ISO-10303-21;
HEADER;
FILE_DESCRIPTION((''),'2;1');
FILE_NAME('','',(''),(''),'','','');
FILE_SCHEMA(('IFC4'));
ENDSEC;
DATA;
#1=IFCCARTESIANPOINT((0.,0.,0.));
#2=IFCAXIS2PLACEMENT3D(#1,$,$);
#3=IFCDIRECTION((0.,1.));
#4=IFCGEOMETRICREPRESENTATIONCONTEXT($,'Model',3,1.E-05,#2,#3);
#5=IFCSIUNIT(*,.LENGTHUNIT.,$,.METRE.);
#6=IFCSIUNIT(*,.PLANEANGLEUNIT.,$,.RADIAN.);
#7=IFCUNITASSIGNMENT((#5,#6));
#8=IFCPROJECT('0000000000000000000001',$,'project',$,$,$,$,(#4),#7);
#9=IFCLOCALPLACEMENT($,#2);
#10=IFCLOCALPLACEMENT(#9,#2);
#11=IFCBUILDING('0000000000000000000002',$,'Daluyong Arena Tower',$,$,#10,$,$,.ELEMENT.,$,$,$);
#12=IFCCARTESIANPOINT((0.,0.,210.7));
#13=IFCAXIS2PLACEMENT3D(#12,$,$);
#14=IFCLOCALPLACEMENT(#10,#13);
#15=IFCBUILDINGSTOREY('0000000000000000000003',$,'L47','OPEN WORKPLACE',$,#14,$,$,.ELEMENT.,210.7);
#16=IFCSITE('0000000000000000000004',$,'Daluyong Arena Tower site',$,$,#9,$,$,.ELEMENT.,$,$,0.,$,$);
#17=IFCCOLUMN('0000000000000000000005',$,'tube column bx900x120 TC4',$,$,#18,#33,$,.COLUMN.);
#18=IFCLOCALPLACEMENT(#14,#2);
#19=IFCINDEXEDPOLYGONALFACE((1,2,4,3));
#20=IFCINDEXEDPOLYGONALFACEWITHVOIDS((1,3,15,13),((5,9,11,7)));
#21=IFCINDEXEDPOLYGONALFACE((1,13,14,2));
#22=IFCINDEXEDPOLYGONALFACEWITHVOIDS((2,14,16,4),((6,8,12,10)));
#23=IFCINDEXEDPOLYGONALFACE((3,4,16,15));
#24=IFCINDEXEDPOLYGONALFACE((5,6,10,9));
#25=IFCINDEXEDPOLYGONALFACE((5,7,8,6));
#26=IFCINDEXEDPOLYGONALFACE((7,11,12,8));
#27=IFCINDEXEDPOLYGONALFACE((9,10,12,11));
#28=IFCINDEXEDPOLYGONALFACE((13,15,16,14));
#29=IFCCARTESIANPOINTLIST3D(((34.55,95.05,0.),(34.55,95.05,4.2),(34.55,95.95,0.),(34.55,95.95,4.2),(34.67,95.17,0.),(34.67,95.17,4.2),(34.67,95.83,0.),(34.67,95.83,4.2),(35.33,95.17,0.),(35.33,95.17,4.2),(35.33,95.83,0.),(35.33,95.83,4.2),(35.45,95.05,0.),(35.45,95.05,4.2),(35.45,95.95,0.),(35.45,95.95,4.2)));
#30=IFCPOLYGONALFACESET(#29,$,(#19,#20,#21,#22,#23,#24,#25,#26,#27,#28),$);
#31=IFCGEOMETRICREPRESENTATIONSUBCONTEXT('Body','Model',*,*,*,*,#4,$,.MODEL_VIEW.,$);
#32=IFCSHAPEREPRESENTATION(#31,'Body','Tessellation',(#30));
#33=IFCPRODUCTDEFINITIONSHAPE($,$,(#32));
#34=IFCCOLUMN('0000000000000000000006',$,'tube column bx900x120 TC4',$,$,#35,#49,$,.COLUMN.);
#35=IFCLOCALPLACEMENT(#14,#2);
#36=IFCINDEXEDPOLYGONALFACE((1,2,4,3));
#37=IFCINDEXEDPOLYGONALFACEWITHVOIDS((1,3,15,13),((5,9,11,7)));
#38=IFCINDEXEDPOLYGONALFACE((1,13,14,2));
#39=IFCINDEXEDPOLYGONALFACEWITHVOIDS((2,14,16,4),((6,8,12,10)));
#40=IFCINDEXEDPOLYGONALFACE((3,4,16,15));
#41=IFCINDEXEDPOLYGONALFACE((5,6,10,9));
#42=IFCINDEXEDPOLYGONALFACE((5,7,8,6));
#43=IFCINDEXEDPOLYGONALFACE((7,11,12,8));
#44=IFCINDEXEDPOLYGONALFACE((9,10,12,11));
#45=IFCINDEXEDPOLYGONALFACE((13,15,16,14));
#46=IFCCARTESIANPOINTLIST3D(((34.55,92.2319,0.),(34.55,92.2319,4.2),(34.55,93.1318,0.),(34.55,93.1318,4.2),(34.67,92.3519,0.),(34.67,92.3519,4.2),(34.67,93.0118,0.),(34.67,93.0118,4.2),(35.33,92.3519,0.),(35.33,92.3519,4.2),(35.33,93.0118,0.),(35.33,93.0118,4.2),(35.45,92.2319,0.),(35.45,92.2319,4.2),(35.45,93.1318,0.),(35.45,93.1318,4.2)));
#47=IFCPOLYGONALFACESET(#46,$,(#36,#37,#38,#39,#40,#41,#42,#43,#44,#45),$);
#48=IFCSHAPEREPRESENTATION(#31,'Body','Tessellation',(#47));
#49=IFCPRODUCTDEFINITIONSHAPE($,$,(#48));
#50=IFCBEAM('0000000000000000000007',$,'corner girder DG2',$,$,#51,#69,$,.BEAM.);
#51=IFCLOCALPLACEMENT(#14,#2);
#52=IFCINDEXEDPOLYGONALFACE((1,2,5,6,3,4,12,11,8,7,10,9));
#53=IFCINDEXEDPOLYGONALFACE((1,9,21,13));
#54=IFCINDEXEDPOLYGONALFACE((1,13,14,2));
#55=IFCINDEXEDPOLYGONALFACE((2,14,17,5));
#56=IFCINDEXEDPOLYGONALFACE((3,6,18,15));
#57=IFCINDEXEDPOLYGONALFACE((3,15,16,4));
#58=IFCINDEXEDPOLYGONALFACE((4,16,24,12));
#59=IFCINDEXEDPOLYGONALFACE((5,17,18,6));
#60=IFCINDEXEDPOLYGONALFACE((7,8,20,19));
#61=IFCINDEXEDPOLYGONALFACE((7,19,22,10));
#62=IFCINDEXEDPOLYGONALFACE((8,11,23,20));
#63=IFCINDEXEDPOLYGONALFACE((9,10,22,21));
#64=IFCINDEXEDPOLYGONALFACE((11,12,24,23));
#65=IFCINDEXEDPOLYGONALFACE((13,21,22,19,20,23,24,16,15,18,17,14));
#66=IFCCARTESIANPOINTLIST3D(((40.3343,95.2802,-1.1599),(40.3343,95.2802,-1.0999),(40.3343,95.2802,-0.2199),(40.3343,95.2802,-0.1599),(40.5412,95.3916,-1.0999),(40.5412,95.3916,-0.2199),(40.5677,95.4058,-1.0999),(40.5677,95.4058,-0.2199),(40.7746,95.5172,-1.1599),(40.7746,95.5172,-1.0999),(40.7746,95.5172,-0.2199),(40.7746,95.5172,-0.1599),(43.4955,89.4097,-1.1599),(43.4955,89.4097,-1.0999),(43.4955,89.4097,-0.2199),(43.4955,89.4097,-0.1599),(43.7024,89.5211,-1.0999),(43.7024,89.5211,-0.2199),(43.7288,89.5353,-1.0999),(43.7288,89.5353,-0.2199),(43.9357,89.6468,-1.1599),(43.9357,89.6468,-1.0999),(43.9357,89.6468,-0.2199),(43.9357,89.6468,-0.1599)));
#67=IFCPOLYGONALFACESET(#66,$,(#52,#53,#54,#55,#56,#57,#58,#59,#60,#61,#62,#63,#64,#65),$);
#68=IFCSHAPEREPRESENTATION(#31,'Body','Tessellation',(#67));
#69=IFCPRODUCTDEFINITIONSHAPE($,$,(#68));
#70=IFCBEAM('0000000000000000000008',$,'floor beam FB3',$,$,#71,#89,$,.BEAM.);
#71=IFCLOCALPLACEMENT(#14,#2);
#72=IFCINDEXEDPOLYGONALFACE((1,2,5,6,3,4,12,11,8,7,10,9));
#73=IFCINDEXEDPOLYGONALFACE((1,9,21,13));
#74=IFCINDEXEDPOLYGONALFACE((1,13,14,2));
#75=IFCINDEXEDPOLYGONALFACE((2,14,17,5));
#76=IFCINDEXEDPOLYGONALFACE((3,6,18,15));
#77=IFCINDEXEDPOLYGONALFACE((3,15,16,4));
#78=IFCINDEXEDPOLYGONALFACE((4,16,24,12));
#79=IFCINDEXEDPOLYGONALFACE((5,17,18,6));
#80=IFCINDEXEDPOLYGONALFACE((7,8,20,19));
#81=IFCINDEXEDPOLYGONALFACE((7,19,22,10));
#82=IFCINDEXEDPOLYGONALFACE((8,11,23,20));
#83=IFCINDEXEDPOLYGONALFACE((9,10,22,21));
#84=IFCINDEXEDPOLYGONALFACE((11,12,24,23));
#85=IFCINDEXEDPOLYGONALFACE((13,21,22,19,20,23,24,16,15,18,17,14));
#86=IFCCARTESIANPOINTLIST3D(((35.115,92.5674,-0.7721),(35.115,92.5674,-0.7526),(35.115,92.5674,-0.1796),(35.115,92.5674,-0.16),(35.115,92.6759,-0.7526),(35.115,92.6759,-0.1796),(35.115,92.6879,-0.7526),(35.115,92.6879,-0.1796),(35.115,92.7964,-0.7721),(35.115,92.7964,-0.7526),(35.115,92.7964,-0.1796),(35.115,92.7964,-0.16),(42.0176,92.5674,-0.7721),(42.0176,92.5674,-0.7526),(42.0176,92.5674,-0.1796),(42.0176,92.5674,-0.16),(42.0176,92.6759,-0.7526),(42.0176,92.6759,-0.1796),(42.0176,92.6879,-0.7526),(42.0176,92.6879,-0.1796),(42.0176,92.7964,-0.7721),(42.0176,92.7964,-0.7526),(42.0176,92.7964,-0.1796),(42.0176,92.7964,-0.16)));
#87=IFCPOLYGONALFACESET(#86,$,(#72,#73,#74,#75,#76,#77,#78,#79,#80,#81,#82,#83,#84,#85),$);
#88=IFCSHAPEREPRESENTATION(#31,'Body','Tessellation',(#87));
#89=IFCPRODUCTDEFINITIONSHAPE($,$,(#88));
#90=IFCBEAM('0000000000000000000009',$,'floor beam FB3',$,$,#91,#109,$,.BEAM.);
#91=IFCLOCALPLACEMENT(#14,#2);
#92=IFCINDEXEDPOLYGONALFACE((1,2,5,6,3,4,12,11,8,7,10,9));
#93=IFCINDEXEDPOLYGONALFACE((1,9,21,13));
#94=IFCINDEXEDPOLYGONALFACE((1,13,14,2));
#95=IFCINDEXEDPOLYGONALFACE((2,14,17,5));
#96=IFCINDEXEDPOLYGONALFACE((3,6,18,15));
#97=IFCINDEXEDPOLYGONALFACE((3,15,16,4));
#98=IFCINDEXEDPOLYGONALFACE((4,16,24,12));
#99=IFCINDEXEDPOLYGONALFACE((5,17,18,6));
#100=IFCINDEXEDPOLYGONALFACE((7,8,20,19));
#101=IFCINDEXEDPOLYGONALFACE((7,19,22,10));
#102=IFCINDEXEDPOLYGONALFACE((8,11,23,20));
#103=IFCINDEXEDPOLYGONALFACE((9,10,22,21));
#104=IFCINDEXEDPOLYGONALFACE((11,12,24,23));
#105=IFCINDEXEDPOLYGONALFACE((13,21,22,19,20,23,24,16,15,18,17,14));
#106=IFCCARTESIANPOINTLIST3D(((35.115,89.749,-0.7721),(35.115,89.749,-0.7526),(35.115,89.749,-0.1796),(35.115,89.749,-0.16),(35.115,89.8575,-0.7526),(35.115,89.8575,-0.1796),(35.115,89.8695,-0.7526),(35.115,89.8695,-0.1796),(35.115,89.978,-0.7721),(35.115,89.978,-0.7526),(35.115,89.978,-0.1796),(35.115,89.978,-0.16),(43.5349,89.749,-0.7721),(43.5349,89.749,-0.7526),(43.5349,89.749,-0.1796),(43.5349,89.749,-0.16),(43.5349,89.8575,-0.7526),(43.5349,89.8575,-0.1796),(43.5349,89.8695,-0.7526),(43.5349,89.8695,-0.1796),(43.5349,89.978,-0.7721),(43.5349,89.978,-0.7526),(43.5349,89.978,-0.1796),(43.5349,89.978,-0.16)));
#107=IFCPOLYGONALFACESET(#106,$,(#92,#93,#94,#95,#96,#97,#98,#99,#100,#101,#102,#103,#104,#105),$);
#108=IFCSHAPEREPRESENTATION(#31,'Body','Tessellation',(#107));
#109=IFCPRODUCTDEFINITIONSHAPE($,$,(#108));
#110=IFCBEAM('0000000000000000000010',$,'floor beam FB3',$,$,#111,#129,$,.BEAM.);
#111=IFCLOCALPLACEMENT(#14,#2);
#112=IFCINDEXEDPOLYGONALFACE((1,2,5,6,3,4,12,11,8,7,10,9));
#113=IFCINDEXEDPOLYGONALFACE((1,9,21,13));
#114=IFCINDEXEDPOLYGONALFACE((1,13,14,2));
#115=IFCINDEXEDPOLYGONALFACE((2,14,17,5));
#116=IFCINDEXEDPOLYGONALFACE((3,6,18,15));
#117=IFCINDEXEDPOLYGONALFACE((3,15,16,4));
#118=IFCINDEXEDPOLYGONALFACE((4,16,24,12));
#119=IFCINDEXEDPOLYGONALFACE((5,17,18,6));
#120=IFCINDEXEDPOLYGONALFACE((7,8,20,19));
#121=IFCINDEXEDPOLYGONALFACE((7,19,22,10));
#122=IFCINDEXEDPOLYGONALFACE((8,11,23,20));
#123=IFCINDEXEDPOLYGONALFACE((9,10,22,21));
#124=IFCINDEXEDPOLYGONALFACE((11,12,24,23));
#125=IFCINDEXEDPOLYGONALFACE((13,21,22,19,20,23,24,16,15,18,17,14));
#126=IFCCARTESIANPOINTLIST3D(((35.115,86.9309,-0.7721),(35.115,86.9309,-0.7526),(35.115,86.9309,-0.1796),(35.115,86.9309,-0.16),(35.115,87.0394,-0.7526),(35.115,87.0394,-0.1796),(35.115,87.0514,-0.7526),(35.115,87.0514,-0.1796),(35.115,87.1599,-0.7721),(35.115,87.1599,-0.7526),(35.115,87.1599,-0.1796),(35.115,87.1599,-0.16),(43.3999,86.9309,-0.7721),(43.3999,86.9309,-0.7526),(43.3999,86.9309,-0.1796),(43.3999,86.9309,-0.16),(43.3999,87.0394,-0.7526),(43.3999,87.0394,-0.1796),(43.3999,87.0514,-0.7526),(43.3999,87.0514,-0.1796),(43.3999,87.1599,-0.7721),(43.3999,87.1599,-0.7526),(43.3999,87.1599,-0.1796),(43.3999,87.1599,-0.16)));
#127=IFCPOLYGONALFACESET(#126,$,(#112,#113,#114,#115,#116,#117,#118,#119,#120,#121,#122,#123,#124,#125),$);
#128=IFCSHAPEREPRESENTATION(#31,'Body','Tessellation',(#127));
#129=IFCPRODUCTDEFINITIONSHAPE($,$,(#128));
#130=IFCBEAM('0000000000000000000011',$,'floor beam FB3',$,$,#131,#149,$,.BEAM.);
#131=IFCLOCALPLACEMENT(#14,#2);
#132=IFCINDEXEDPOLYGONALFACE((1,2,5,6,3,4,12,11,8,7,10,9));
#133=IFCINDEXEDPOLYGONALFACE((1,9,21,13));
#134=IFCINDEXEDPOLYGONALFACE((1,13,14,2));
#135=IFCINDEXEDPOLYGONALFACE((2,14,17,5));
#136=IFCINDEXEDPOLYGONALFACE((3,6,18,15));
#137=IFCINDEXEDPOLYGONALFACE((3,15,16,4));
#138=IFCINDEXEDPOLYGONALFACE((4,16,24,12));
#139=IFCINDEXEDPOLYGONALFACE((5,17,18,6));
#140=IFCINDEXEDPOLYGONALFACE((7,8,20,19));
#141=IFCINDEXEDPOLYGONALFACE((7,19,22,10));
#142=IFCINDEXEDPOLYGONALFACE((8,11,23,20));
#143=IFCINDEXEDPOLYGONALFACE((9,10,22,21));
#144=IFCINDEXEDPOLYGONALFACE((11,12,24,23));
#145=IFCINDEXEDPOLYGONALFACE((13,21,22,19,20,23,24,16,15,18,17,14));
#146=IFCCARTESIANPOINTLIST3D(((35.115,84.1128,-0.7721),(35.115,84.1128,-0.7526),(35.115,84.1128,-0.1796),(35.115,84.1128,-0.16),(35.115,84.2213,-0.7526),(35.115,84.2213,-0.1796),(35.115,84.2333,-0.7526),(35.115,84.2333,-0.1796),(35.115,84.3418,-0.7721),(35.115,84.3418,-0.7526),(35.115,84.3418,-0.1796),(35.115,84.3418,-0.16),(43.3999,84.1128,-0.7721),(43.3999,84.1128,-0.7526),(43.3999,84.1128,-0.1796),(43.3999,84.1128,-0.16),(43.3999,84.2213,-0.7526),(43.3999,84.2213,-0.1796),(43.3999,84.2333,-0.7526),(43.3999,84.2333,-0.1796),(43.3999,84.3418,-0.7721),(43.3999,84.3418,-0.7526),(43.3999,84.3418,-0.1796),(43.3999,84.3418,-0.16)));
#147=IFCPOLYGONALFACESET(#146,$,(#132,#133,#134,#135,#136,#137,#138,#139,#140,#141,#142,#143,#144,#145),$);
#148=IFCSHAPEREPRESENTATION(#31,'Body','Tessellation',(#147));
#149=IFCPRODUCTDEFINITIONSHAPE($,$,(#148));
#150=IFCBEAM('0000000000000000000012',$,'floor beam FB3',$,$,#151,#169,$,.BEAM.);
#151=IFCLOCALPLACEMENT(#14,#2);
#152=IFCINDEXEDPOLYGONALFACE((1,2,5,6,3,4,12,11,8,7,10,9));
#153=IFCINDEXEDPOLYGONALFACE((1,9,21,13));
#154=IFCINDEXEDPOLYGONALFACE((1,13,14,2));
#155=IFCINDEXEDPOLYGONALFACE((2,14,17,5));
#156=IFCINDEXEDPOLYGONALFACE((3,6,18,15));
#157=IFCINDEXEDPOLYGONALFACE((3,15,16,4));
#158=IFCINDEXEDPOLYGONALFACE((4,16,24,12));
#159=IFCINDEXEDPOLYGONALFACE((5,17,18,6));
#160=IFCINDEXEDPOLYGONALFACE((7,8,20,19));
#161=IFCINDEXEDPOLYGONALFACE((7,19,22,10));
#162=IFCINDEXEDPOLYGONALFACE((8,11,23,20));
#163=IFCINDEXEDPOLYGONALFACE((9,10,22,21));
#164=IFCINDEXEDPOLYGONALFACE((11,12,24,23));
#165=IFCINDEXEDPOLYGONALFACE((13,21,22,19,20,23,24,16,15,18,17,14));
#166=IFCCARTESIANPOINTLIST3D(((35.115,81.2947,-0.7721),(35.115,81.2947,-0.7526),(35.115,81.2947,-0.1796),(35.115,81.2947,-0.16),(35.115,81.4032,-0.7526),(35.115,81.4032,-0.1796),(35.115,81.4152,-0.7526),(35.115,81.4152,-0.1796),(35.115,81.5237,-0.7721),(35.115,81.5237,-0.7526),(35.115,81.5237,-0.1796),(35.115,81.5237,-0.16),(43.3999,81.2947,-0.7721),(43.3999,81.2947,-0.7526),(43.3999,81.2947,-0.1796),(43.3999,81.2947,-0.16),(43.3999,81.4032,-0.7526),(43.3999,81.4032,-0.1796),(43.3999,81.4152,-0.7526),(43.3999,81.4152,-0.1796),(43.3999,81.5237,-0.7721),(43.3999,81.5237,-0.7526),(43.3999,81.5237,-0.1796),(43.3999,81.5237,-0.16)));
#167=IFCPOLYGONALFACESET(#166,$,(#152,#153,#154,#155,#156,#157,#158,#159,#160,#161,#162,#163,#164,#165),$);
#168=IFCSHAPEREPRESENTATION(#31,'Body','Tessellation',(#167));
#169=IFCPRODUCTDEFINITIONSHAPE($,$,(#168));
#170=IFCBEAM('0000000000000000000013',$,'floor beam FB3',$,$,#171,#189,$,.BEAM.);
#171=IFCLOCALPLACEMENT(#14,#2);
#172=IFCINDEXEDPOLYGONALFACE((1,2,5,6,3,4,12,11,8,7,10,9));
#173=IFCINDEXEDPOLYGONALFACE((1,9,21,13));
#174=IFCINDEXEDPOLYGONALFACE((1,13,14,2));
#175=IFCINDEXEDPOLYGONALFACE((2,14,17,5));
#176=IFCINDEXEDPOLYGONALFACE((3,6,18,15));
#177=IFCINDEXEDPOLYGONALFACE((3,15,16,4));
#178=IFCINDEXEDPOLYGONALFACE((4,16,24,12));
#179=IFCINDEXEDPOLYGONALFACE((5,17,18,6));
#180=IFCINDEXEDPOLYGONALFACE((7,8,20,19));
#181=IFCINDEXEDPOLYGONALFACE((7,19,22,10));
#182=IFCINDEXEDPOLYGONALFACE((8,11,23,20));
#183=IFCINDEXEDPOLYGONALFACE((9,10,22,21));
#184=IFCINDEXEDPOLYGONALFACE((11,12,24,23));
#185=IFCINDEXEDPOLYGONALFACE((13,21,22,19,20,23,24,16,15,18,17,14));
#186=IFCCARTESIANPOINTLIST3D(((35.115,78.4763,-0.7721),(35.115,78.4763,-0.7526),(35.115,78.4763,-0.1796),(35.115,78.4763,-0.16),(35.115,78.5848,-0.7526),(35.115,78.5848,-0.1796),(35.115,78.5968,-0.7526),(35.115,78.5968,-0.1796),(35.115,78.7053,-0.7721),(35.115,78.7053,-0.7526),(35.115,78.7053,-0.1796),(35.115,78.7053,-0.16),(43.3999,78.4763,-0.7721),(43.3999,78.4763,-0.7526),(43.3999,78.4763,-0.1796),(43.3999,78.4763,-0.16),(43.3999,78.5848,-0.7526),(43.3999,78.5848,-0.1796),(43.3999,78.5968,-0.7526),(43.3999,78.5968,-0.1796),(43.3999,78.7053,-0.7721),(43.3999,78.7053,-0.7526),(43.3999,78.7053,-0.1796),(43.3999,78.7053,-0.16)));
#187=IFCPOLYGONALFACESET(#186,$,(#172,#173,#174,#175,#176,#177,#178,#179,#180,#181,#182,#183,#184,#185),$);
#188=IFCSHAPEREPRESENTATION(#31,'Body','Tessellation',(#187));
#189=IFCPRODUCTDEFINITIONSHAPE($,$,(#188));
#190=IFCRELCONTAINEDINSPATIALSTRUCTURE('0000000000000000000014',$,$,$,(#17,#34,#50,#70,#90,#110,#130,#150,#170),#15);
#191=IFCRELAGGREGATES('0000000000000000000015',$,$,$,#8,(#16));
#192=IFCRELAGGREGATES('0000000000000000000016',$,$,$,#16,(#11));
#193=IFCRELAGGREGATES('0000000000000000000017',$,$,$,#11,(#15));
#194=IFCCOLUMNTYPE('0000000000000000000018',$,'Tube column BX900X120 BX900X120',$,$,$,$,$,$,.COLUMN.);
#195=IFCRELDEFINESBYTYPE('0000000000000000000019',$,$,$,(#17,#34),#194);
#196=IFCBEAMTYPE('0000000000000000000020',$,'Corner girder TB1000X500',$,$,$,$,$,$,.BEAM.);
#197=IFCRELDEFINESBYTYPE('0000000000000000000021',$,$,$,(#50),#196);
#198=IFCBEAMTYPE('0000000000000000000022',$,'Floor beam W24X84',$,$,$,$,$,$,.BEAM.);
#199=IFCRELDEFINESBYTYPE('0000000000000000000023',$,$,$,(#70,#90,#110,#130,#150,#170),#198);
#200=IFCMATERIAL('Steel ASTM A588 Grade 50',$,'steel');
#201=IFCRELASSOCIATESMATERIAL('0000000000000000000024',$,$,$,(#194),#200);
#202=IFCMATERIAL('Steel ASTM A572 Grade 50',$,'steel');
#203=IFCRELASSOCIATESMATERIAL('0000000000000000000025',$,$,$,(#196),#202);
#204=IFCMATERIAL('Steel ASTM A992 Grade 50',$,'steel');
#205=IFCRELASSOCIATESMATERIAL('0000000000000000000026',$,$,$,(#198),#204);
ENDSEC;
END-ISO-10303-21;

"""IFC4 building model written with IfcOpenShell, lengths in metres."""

from ifc_helpers import new_model, si_unit, direction, frame, origin, origin_2d, place, context, subcontext, project, spatial, hollow_rectangle, i_section, extrude, material, material_profile, profile_set, type_object, element, save


model = new_model("IFC4")

# Units and contexts
model_context = context("Model", 3, precision=1e-05, world=origin(), true_north=direction((0.0, 1.0)))
body_context = subcontext(model_context, "Body", "Model", "MODEL_VIEW")
ifc_project = project(units=[si_unit("LENGTHUNIT", "METRE"), si_unit("PLANEANGLEUNIT", "RADIAN")], contexts=[model_context])

# Site, building, storey
site_placement = place(None, origin())
site = spatial("IfcSite", under=ifc_project, at=site_placement, Name="Daluyong Arena Tower site", CompositionType="ELEMENT", RefElevation=0.0)
building_placement = place(site_placement, origin())
building = spatial("IfcBuilding", under=site, at=building_placement, Name="Daluyong Arena Tower", CompositionType="ELEMENT")
storey_placement = place(building_placement, frame((0.0, 0.0, 210.7)))
storey = spatial("IfcBuildingStorey", under=building, at=storey_placement, Name="L47", Description="OPEN WORKPLACE", CompositionType="ELEMENT", Elevation=210.7)

# Columns
ifc_material_1 = material(Name="Steel ASTM A588 Grade 50", Category="steel")
ifc_material_profile_1 = material_profile(ifc_material_1, hollow_rectangle(XDim=0.8999, YDim=0.8999, WallThickness=0.12, at=origin_2d()))
ifc_profile_set_1 = profile_set([ifc_material_profile_1], Name="Steel ASTM A588 Grade 50")
column_type = type_object("IfcColumnType", Name="Tube column BX900X120 BX900X120", PredefinedType="COLUMN", material=ifc_profile_set_1)
for number, where, z_axis, x_axis, name in (
    (1, (35.0, 95.5, 0.0), (0.0, 0.0, 1.0), (0.0, 1.0, 0.0), "tube column bx900x120 TC4"),
    (2, (35.0, 92.6819, 0.0), (0.0, 0.0, 1.0), (0.0, 1.0, 0.0), "tube column bx900x120 TC4"),
):
    element("IfcColumn", number, at=place(storey_placement, frame(where, z_axis=z_axis, x_axis=x_axis)), inside=storey, type_object=column_type, Name=name, PredefinedType="COLUMN", context=body_context, shape_type="SweptSolid", body=[
        extrude(hollow_rectangle(XDim=0.8999, YDim=0.8999, WallThickness=0.12, at=origin_2d()), origin(), (0.0, 0.0, 1.0), 4.2),
    ])

# Beams
ifc_material_2 = material(Name="Steel ASTM A572 Grade 50", Category="steel")
ifc_material_profile_2 = material_profile(ifc_material_2, i_section(OverallWidth=0.5, OverallDepth=1.0, WebThickness=0.03, FlangeThickness=0.06, at=origin_2d()))
ifc_profile_set_2 = profile_set([ifc_material_profile_2], Name="Steel ASTM A572 Grade 50")
beam_type_1 = type_object("IfcBeamType", Name="Corner girder TB1000X500", PredefinedType="BEAM", material=ifc_profile_set_2)
beam_1_placement = place(storey_placement, frame((40.5544, 95.3987, -0.6599), z_axis=(0.474119, -0.880461, 0.0), x_axis=(0.880461, 0.474119, 0.0)))
element("IfcBeam", 3, at=beam_1_placement, inside=storey, type_object=beam_type_1, Name="corner girder DG2", PredefinedType="BEAM", context=body_context, shape_type="SweptSolid", body=[
    extrude(i_section(OverallWidth=0.5, OverallDepth=1.0, WebThickness=0.03, FlangeThickness=0.06, at=origin_2d()), origin(), (0.0, 0.0, 1.0), 6.6675),
])
ifc_material_3 = material(Name="Steel ASTM A992 Grade 50", Category="steel")
ifc_material_profile_3 = material_profile(ifc_material_3, i_section(OverallWidth=0.229, OverallDepth=0.6121, WebThickness=0.012, FlangeThickness=0.0195, at=origin_2d()))
ifc_profile_set_3 = profile_set([ifc_material_profile_3], Name="Steel ASTM A992 Grade 50")
beam_type_2 = type_object("IfcBeamType", Name="Floor beam W24X84", PredefinedType="BEAM", material=ifc_profile_set_3)
beam_2_placement = place(storey_placement, frame((35.115, 92.6819, -0.4661), z_axis=(1.0, 0.0, 0.0), x_axis=(0.0, 1.0, 0.0)))
element("IfcBeam", 4, at=beam_2_placement, inside=storey, type_object=beam_type_2, Name="floor beam FB3", PredefinedType="BEAM", context=body_context, shape_type="SweptSolid", body=[
    extrude(i_section(OverallWidth=0.229, OverallDepth=0.6121, WebThickness=0.012, FlangeThickness=0.0195, at=origin_2d()), origin(), (0.0, 0.0, 1.0), 6.9026),
])
beam_3_placement = place(storey_placement, frame((35.115, 89.8635, -0.4661), z_axis=(1.0, 0.0, 0.0), x_axis=(0.0, 1.0, 0.0)))
element("IfcBeam", 5, at=beam_3_placement, inside=storey, type_object=beam_type_2, Name="floor beam FB3", PredefinedType="BEAM", context=body_context, shape_type="SweptSolid", body=[
    extrude(i_section(OverallWidth=0.229, OverallDepth=0.6121, WebThickness=0.012, FlangeThickness=0.0195, at=origin_2d()), origin(), (0.0, 0.0, 1.0), 8.4199),
])
for number, where, z_axis, x_axis, name in (
    (6, (35.115, 87.0454, -0.4661), (1.0, 0.0, 0.0), (0.0, 1.0, 0.0), "floor beam FB3"),
    (7, (35.115, 84.2273, -0.4661), (1.0, 0.0, 0.0), (0.0, 1.0, 0.0), "floor beam FB3"),
    (8, (35.115, 81.4092, -0.4661), (1.0, 0.0, 0.0), (0.0, 1.0, 0.0), "floor beam FB3"),
    (9, (35.115, 78.5908, -0.4661), (1.0, 0.0, 0.0), (0.0, 1.0, 0.0), "floor beam FB3"),
):
    element("IfcBeam", number, at=place(storey_placement, frame(where, z_axis=z_axis, x_axis=x_axis)), inside=storey, type_object=beam_type_2, Name=name, PredefinedType="BEAM", context=body_context, shape_type="SweptSolid", body=[
        extrude(i_section(OverallWidth=0.229, OverallDepth=0.6121, WebThickness=0.012, FlangeThickness=0.0195, at=origin_2d()), origin(), (0.0, 0.0, 1.0), 8.2849),
    ])

save(model, "model.ifc")
